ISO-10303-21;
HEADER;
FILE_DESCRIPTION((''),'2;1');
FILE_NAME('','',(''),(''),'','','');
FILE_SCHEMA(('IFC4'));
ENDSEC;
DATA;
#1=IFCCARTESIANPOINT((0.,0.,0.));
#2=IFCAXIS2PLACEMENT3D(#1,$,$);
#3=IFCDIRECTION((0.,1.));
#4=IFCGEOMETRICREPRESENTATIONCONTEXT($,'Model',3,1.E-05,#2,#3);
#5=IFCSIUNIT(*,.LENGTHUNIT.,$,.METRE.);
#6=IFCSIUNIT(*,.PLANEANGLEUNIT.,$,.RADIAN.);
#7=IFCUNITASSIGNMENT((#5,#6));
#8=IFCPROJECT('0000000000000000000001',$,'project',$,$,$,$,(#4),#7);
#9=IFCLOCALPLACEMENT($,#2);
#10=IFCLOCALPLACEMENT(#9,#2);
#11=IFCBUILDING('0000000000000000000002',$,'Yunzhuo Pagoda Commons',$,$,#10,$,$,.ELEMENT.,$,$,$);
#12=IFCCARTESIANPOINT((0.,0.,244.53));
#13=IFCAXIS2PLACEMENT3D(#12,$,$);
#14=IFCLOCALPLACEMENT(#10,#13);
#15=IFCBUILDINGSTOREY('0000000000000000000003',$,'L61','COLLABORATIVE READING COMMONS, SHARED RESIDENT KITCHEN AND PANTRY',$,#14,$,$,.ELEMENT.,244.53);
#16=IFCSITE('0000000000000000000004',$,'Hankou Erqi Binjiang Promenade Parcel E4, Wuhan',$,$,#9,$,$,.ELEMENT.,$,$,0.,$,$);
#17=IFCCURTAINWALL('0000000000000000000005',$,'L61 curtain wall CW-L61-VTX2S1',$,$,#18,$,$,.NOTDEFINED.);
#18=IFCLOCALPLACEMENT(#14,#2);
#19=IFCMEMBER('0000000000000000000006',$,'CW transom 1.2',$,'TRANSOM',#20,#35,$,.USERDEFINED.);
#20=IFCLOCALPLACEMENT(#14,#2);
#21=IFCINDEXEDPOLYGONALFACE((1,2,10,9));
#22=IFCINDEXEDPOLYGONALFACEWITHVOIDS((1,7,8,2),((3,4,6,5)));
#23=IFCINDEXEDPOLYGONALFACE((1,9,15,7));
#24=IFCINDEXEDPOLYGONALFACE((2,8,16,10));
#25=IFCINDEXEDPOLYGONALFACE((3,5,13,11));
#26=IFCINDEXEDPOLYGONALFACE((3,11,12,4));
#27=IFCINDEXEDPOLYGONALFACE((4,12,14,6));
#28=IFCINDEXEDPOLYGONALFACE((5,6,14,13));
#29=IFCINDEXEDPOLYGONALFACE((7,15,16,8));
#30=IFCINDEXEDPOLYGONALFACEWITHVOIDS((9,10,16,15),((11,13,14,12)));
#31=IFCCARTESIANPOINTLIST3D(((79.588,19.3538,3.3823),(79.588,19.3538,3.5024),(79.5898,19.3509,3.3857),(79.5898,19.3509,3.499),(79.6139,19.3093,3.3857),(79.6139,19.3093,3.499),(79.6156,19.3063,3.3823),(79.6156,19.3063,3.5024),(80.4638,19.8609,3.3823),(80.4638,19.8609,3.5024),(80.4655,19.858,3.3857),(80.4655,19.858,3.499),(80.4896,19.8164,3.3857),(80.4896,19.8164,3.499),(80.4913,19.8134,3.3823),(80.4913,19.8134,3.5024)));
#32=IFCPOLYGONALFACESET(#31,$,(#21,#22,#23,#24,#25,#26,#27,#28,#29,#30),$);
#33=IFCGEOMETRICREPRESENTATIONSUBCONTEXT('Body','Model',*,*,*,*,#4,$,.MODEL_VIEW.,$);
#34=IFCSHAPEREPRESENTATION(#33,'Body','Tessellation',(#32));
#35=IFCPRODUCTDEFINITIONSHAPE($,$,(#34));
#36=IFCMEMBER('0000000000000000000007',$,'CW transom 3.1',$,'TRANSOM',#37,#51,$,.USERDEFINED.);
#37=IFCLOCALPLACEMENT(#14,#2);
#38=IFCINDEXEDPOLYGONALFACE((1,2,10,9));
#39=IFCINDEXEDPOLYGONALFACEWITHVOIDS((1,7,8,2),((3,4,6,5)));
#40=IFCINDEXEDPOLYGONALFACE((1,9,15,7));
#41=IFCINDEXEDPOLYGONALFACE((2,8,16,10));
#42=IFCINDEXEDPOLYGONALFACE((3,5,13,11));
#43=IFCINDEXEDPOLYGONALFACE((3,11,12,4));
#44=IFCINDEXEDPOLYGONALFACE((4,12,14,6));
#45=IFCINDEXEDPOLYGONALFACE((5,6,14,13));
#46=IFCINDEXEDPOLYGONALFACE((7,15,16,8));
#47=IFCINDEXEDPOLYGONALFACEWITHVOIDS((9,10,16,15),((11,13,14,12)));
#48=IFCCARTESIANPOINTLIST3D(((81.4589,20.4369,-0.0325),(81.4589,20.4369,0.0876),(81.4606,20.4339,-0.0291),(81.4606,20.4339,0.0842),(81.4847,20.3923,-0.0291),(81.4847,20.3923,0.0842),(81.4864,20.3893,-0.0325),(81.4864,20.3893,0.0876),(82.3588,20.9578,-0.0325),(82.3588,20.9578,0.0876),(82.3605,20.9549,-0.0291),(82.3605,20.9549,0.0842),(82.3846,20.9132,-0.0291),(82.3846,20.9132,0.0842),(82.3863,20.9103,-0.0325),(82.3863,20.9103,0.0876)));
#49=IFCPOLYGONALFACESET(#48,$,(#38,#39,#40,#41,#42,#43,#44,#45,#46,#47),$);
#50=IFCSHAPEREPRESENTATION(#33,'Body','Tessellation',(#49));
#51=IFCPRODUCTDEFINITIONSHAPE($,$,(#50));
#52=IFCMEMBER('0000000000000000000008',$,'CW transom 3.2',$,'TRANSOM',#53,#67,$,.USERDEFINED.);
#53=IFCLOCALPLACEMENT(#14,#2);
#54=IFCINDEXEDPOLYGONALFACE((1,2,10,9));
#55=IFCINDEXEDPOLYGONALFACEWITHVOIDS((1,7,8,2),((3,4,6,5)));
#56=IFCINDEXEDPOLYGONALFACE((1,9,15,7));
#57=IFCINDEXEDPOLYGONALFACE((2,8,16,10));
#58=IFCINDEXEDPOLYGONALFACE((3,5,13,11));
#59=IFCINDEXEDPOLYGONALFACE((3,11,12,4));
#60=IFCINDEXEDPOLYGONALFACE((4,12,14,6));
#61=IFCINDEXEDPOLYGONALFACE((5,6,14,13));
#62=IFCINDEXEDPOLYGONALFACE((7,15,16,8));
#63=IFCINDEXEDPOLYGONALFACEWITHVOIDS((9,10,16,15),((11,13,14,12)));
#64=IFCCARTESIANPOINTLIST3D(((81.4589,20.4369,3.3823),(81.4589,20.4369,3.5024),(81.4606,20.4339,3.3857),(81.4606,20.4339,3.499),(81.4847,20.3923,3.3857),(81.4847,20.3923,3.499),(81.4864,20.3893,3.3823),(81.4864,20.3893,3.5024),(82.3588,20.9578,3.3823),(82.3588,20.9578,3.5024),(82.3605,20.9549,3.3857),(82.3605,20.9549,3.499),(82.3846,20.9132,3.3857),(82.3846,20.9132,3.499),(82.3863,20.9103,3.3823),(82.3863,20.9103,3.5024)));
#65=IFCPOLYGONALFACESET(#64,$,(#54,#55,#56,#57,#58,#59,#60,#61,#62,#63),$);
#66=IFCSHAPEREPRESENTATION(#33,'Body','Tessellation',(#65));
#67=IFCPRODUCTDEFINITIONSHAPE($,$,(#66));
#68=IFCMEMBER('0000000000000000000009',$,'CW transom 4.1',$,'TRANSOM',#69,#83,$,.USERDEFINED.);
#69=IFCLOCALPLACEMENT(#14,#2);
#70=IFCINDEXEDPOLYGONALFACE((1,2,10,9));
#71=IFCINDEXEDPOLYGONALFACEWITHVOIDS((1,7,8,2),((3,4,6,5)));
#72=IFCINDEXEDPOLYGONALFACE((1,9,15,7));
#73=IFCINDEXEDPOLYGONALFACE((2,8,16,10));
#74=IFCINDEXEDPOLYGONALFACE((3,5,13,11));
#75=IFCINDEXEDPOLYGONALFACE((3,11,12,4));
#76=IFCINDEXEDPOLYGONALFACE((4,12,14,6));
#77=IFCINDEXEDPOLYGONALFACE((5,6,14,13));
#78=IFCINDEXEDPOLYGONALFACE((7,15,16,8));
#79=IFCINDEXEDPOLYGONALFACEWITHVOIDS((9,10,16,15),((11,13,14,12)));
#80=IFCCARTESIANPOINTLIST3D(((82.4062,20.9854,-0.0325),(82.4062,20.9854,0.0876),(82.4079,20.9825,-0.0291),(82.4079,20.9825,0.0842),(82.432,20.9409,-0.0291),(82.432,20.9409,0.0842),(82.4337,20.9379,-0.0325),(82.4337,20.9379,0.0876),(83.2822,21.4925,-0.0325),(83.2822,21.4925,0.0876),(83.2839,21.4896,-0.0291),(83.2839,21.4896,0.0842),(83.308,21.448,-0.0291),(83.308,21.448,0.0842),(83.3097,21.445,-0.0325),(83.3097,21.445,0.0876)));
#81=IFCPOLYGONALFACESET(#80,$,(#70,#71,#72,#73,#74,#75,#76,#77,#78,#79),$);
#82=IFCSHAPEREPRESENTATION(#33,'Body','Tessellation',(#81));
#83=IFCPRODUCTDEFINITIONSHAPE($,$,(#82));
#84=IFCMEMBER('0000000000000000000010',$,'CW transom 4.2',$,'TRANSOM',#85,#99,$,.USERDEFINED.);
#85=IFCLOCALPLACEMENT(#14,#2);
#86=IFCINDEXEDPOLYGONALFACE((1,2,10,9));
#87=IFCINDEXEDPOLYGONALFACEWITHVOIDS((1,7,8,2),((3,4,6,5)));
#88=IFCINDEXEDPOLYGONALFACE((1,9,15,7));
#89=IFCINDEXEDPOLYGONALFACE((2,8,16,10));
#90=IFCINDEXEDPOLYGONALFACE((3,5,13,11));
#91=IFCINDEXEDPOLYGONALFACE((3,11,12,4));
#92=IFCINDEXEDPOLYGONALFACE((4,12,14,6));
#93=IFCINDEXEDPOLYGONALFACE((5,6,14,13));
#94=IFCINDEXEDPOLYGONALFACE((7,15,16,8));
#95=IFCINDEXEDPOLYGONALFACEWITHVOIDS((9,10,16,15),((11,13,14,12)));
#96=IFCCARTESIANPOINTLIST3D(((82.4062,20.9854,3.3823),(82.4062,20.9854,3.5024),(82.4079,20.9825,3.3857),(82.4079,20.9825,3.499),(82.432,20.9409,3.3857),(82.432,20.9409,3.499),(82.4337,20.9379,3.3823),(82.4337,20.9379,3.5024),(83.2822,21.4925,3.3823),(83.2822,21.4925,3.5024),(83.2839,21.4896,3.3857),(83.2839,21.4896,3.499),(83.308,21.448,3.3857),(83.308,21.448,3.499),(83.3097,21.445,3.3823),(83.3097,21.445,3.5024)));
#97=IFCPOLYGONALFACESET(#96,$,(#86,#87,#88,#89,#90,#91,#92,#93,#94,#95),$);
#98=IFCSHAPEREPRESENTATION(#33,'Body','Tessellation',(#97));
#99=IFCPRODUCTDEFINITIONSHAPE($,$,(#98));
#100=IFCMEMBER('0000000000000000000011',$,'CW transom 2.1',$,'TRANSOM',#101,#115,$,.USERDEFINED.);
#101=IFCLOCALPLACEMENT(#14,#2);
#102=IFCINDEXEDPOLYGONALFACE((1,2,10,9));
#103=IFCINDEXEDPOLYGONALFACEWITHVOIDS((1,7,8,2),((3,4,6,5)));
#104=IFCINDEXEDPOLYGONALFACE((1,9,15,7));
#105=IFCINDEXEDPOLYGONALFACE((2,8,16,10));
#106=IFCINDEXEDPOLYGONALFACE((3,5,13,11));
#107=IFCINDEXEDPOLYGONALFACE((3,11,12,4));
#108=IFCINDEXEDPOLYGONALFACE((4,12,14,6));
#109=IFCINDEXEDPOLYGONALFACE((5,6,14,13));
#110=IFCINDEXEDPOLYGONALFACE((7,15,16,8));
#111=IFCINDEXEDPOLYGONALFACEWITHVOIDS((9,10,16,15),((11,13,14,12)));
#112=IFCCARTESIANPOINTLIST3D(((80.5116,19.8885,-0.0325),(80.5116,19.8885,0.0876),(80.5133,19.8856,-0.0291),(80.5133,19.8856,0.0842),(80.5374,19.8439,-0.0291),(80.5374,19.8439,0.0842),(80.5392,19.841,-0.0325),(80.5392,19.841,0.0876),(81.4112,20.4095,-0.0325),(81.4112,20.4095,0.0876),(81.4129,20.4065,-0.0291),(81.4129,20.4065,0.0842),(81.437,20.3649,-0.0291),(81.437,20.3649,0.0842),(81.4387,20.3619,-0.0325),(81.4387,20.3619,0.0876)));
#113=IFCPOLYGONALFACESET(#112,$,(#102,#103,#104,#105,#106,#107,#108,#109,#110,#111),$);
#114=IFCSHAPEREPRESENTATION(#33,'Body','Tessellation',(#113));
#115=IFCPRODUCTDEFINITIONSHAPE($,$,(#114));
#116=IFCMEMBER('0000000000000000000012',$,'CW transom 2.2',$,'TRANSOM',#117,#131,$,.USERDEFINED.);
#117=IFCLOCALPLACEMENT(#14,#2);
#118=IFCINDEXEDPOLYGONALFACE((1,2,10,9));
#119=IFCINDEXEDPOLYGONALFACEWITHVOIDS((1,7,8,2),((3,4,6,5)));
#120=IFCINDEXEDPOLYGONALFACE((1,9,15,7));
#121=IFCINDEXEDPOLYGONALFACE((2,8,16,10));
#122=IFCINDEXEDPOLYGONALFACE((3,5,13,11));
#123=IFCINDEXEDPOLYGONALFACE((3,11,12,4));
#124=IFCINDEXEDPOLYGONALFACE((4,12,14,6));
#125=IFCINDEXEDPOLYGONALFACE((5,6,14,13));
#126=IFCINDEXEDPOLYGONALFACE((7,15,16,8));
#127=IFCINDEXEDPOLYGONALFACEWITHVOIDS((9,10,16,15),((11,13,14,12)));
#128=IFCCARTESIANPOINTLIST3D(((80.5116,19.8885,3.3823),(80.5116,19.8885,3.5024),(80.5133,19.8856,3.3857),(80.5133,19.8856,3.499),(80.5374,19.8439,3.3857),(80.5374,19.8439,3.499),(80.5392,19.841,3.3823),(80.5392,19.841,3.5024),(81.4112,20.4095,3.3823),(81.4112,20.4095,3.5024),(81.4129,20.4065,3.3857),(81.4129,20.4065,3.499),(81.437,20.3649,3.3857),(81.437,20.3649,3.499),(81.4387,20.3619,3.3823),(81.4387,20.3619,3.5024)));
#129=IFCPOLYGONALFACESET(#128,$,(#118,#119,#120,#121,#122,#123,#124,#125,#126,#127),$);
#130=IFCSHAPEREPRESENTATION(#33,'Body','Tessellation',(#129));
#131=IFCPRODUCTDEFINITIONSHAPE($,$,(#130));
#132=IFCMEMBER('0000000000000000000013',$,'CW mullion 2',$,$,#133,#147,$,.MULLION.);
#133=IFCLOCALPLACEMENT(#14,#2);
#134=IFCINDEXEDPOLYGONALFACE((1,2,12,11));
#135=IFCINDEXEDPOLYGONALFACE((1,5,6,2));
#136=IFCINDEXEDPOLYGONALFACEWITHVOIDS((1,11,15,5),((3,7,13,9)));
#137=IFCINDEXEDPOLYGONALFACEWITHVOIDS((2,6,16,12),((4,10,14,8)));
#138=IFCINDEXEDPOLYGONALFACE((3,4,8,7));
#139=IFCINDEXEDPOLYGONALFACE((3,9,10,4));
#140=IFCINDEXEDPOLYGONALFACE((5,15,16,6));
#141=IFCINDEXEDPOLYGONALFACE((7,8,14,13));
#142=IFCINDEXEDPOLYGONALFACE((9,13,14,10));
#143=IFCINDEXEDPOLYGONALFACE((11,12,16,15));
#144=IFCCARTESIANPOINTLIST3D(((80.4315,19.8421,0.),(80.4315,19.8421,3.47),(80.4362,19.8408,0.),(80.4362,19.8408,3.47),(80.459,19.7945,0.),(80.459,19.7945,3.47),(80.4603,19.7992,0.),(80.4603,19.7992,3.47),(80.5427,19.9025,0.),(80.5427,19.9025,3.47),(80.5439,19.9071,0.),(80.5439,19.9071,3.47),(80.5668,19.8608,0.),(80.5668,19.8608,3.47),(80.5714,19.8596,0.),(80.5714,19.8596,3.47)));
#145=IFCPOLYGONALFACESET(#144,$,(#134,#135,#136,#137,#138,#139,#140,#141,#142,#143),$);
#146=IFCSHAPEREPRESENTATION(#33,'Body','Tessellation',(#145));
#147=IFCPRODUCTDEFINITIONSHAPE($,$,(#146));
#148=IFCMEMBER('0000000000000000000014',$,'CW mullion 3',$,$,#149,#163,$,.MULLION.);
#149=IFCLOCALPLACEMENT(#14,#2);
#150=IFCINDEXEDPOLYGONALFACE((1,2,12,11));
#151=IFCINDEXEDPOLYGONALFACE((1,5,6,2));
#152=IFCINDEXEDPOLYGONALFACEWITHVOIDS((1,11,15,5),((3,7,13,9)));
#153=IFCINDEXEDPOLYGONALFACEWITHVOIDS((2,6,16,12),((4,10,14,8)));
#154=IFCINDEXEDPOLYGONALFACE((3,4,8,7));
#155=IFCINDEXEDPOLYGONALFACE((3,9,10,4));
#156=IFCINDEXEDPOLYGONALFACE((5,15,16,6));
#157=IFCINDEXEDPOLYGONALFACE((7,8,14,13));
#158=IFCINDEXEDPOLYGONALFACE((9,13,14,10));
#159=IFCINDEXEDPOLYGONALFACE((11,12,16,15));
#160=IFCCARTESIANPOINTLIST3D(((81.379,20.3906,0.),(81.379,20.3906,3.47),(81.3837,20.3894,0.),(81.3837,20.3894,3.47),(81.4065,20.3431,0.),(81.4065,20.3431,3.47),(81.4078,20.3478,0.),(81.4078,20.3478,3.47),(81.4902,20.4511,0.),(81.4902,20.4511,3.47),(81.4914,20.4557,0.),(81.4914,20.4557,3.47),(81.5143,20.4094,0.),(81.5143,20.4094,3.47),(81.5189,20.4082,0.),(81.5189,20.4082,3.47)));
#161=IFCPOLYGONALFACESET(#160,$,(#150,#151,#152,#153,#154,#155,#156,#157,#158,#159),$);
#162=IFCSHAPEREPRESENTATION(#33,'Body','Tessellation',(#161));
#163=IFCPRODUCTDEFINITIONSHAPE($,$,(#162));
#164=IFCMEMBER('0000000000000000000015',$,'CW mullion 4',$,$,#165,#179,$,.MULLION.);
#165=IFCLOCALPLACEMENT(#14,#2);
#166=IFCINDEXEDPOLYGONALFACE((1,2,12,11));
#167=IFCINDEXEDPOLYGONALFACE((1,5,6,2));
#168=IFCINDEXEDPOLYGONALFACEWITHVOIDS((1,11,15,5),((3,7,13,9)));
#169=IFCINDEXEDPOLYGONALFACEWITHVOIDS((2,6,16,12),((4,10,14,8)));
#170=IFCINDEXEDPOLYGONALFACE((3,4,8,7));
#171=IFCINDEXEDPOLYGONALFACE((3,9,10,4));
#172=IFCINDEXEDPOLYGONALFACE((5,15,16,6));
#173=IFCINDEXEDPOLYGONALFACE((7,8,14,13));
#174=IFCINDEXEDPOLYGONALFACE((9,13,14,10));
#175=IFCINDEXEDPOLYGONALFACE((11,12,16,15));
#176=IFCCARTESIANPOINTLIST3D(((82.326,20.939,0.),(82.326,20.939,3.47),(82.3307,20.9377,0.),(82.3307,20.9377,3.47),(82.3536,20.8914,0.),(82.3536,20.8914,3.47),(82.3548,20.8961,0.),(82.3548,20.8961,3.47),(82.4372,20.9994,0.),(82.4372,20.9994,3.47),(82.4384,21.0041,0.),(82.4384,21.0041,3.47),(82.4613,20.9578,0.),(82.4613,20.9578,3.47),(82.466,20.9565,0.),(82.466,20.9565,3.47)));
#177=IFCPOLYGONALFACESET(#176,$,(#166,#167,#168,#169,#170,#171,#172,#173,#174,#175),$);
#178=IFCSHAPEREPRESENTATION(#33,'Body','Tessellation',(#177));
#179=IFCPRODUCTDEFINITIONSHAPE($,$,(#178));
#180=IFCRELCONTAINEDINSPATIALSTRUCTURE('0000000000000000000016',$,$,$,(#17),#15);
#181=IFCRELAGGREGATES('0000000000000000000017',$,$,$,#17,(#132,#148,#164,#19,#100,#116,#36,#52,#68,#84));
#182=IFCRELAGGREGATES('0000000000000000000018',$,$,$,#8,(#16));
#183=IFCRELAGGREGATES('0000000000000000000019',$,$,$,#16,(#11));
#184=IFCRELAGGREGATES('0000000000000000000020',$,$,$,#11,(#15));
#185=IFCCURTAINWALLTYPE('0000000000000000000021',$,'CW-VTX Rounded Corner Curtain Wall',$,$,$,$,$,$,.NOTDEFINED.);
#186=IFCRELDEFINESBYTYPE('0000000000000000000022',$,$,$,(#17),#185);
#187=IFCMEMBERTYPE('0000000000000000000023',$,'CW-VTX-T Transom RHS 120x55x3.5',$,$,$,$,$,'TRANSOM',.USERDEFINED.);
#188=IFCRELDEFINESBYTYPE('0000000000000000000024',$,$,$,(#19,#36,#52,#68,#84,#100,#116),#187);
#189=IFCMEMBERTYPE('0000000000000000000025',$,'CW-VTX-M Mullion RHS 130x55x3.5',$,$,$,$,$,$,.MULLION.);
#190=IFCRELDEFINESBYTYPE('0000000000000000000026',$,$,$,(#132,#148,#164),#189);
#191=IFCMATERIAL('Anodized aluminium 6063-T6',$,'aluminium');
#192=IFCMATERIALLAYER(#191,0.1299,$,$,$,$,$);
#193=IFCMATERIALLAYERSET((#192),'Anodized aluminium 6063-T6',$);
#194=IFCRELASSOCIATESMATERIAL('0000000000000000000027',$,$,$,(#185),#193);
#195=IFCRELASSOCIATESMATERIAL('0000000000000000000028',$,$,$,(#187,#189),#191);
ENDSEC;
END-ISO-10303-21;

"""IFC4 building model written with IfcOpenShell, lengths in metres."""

from ifc_helpers import new_model, si_unit, direction, frame, origin, origin_2d, place, context, subcontext, project, spatial, hollow_rectangle, extrude, source, transform, mapped, material, layer, layer_set, material_profile, profile_set, type_object, element, aggregate, save


model = new_model("IFC4")

# Units and contexts
model_context = context("Model", 3, precision=1e-05, world=origin(), true_north=direction((0.0, 1.0)))
body_context = subcontext(model_context, "Body", "Model", "MODEL_VIEW")
ifc_project = project(units=[si_unit("LENGTHUNIT", "METRE"), si_unit("PLANEANGLEUNIT", "RADIAN")], contexts=[model_context])

# Site, building, storey
site_placement = place(None, origin())
site = spatial("IfcSite", under=ifc_project, at=site_placement, Name="Hankou Erqi Binjiang Promenade Parcel E4, Wuhan", CompositionType="ELEMENT", RefElevation=0.0)
building_placement = place(site_placement, origin())
building = spatial("IfcBuilding", under=site, at=building_placement, Name="Yunzhuo Pagoda Commons", CompositionType="ELEMENT")
storey_placement = place(building_placement, frame((0.0, 0.0, 244.53)))
storey = spatial("IfcBuildingStorey", under=building, at=storey_placement, Name="L61", Description="COLLABORATIVE READING COMMONS, SHARED RESIDENT KITCHEN AND PANTRY", CompositionType="ELEMENT", Elevation=244.53)

# Curtain wall, members
ifc_material_1 = material(Name="Anodized aluminium 6063-T6", Category="aluminium")
ifc_layer_1 = layer(ifc_material_1, 0.1299)
ifc_layer_set_1 = layer_set([ifc_layer_1], Name="Anodized aluminium 6063-T6")
curtain_wall_type_1 = type_object("IfcCurtainWallType", Name="CW-VTX Rounded Corner Curtain Wall", PredefinedType="NOTDEFINED", material=ifc_layer_set_1)
curtain_wall_1_placement = place(storey_placement, origin())
curtain_wall_1 = element("IfcCurtainWall", 1, at=curtain_wall_1_placement, inside=storey, type_object=curtain_wall_type_1, Name="L61 curtain wall CW-L61-VTX2S1", PredefinedType="NOTDEFINED")
ifc_material_profile_1 = material_profile(ifc_material_1, hollow_rectangle(XDim=0.0549, YDim=0.1201, WallThickness=0.0034, at=origin_2d()), Name="Anodized aluminium 6063-T6")
ifc_profile_set_1 = profile_set([ifc_material_profile_1], Name="Anodized aluminium 6063-T6")
member_type_1 = type_object("IfcMemberType", Name="CW-VTX-T Transom RHS 120x55x3.5", ElementType="TRANSOM", PredefinedType="USERDEFINED", material=ifc_profile_set_1)
shared_shape_1 = source(origin(), body_context, "Body", "SweptSolid", [
    extrude(hollow_rectangle(XDim=0.0549, YDim=0.1201, WallThickness=0.0034, at=origin_2d()), origin(), (0.0, 0.0, 1.0), 1.012),
])
member_1_placement = place(storey_placement, frame((79.6018, 19.3301, 3.4424), z_axis=(0.865393, 0.501093, 0.0), x_axis=(-0.501093, 0.865393, 0.0)))
member_1 = element("IfcMember", 2, at=member_1_placement, type_object=member_type_1, Name="CW transom 1.2", ObjectType="TRANSOM", PredefinedType="USERDEFINED", context=body_context, shape_type="MappedRepresentation", body=[
    mapped(shared_shape_1, transform((0.0, 0.0, 0.0), scale=1.0)),
])
shared_shape_2 = source(origin(), body_context, "Body", "SweptSolid", [
    extrude(hollow_rectangle(XDim=0.0549, YDim=0.1201, WallThickness=0.0034, at=origin_2d()), origin(), (0.0, 0.0, 1.0), 1.0398),
])
member_2_placement = place(storey_placement, frame((81.4727, 20.4131, 0.0276), z_axis=(0.865426, 0.501036, 0.0), x_axis=(-0.501036, 0.865426, 0.0)))
member_2 = element("IfcMember", 3, at=member_2_placement, type_object=member_type_1, Name="CW transom 3.1", ObjectType="TRANSOM", PredefinedType="USERDEFINED", context=body_context, shape_type="MappedRepresentation", body=[
    mapped(shared_shape_2, transform((0.0, 0.0, 0.0), scale=1.0)),
])
member_3_placement = place(storey_placement, frame((81.4727, 20.4131, 3.4424), z_axis=(0.865426, 0.501036, 0.0), x_axis=(-0.501036, 0.865426, 0.0)))
member_3 = element("IfcMember", 4, at=member_3_placement, type_object=member_type_1, Name="CW transom 3.2", ObjectType="TRANSOM", PredefinedType="USERDEFINED", context=body_context, shape_type="MappedRepresentation", body=[
    mapped(shared_shape_2, transform((0.0, 0.0, 0.0), scale=1.0)),
])
shared_shape_3 = source(origin(), body_context, "Body", "SweptSolid", [
    extrude(hollow_rectangle(XDim=0.0549, YDim=0.1201, WallThickness=0.0034, at=origin_2d()), origin(), (0.0, 0.0, 1.0), 1.0122),
])
member_4_placement = place(storey_placement, frame((82.4199, 20.9617, 0.0276), z_axis=(0.865454, 0.500989, 0.0), x_axis=(-0.500989, 0.865454, 0.0)))
member_4 = element("IfcMember", 5, at=member_4_placement, type_object=member_type_1, Name="CW transom 4.1", ObjectType="TRANSOM", PredefinedType="USERDEFINED", context=body_context, shape_type="MappedRepresentation", body=[
    mapped(shared_shape_3, transform((0.0, 0.0, 0.0), scale=1.0)),
])
member_5_placement = place(storey_placement, frame((82.4199, 20.9617, 3.4424), z_axis=(0.865454, 0.500989, 0.0), x_axis=(-0.500989, 0.865454, 0.0)))
member_5 = element("IfcMember", 6, at=member_5_placement, type_object=member_type_1, Name="CW transom 4.2", ObjectType="TRANSOM", PredefinedType="USERDEFINED", context=body_context, shape_type="MappedRepresentation", body=[
    mapped(shared_shape_3, transform((0.0, 0.0, 0.0), scale=1.0)),
])
shared_shape_4 = source(origin(), body_context, "Body", "SweptSolid", [
    extrude(hollow_rectangle(XDim=0.0549, YDim=0.1201, WallThickness=0.0034, at=origin_2d()), origin(), (0.0, 0.0, 1.0), 1.0396),
])
member_6_placement = place(storey_placement, frame((80.5254, 19.8647, 0.0276), z_axis=(0.865367, 0.501138, 0.0), x_axis=(-0.501138, 0.865367, 0.0)))
member_6 = element("IfcMember", 7, at=member_6_placement, type_object=member_type_1, Name="CW transom 2.1", ObjectType="TRANSOM", PredefinedType="USERDEFINED", context=body_context, shape_type="MappedRepresentation", body=[
    mapped(shared_shape_4, transform((0.0, 0.0, 0.0), scale=1.0)),
])
member_7_placement = place(storey_placement, frame((80.5254, 19.8647, 3.4424), z_axis=(0.865367, 0.501138, 0.0), x_axis=(-0.501138, 0.865367, 0.0)))
member_7 = element("IfcMember", 8, at=member_7_placement, type_object=member_type_1, Name="CW transom 2.2", ObjectType="TRANSOM", PredefinedType="USERDEFINED", context=body_context, shape_type="MappedRepresentation", body=[
    mapped(shared_shape_4, transform((0.0, 0.0, 0.0), scale=1.0)),
])
ifc_material_profile_2 = material_profile(ifc_material_1, hollow_rectangle(XDim=0.0549, YDim=0.1299, WallThickness=0.0034, at=origin_2d()), Name="Anodized aluminium 6063-T6")
ifc_profile_set_2 = profile_set([ifc_material_profile_2], Name="Anodized aluminium 6063-T6")
member_type_2 = type_object("IfcMemberType", Name="CW-VTX-M Mullion RHS 130x55x3.5", PredefinedType="MULLION", material=ifc_profile_set_2)
shared_shape_5 = source(origin(), body_context, "Body", "SweptSolid", [
    extrude(hollow_rectangle(XDim=0.0549, YDim=0.1299, WallThickness=0.0034, at=origin_2d()), origin(), (0.0, 0.0, 1.0), 3.47),
])
member_8_placement = place(storey_placement, frame((80.5015, 19.8508, 0.0), z_axis=(0.0, 0.0, 1.0), x_axis=(-0.501035, 0.865427, 0.0)))
member_8 = element("IfcMember", 9, at=member_8_placement, type_object=member_type_2, Name="CW mullion 2", PredefinedType="MULLION", context=body_context, shape_type="MappedRepresentation", body=[
    mapped(shared_shape_5, transform((0.0, 0.0, 0.0), scale=1.0)),
])
member_9_placement = place(storey_placement, frame((81.449, 20.3994, 0.0), z_axis=(0.0, 0.0, 1.0), x_axis=(-0.501035, 0.865427, 0.0)))
member_9 = element("IfcMember", 10, at=member_9_placement, type_object=member_type_2, Name="CW mullion 3", PredefinedType="MULLION", context=body_context, shape_type="MappedRepresentation", body=[
    mapped(shared_shape_5, transform((0.0, 0.0, 0.0), scale=1.0)),
])
member_10_placement = place(storey_placement, frame((82.396, 20.9478, 0.0), z_axis=(0.0, 0.0, 1.0), x_axis=(-0.501035, 0.865427, 0.0)))
member_10 = element("IfcMember", 11, at=member_10_placement, type_object=member_type_2, Name="CW mullion 4", PredefinedType="MULLION", context=body_context, shape_type="MappedRepresentation", body=[
    mapped(shared_shape_5, transform((0.0, 0.0, 0.0), scale=1.0)),
])

aggregate(curtain_wall_1, [member_8, member_9, member_10, member_1, member_6, member_7, member_2, member_3, member_4, member_5])

save(model, "model.ifc")
